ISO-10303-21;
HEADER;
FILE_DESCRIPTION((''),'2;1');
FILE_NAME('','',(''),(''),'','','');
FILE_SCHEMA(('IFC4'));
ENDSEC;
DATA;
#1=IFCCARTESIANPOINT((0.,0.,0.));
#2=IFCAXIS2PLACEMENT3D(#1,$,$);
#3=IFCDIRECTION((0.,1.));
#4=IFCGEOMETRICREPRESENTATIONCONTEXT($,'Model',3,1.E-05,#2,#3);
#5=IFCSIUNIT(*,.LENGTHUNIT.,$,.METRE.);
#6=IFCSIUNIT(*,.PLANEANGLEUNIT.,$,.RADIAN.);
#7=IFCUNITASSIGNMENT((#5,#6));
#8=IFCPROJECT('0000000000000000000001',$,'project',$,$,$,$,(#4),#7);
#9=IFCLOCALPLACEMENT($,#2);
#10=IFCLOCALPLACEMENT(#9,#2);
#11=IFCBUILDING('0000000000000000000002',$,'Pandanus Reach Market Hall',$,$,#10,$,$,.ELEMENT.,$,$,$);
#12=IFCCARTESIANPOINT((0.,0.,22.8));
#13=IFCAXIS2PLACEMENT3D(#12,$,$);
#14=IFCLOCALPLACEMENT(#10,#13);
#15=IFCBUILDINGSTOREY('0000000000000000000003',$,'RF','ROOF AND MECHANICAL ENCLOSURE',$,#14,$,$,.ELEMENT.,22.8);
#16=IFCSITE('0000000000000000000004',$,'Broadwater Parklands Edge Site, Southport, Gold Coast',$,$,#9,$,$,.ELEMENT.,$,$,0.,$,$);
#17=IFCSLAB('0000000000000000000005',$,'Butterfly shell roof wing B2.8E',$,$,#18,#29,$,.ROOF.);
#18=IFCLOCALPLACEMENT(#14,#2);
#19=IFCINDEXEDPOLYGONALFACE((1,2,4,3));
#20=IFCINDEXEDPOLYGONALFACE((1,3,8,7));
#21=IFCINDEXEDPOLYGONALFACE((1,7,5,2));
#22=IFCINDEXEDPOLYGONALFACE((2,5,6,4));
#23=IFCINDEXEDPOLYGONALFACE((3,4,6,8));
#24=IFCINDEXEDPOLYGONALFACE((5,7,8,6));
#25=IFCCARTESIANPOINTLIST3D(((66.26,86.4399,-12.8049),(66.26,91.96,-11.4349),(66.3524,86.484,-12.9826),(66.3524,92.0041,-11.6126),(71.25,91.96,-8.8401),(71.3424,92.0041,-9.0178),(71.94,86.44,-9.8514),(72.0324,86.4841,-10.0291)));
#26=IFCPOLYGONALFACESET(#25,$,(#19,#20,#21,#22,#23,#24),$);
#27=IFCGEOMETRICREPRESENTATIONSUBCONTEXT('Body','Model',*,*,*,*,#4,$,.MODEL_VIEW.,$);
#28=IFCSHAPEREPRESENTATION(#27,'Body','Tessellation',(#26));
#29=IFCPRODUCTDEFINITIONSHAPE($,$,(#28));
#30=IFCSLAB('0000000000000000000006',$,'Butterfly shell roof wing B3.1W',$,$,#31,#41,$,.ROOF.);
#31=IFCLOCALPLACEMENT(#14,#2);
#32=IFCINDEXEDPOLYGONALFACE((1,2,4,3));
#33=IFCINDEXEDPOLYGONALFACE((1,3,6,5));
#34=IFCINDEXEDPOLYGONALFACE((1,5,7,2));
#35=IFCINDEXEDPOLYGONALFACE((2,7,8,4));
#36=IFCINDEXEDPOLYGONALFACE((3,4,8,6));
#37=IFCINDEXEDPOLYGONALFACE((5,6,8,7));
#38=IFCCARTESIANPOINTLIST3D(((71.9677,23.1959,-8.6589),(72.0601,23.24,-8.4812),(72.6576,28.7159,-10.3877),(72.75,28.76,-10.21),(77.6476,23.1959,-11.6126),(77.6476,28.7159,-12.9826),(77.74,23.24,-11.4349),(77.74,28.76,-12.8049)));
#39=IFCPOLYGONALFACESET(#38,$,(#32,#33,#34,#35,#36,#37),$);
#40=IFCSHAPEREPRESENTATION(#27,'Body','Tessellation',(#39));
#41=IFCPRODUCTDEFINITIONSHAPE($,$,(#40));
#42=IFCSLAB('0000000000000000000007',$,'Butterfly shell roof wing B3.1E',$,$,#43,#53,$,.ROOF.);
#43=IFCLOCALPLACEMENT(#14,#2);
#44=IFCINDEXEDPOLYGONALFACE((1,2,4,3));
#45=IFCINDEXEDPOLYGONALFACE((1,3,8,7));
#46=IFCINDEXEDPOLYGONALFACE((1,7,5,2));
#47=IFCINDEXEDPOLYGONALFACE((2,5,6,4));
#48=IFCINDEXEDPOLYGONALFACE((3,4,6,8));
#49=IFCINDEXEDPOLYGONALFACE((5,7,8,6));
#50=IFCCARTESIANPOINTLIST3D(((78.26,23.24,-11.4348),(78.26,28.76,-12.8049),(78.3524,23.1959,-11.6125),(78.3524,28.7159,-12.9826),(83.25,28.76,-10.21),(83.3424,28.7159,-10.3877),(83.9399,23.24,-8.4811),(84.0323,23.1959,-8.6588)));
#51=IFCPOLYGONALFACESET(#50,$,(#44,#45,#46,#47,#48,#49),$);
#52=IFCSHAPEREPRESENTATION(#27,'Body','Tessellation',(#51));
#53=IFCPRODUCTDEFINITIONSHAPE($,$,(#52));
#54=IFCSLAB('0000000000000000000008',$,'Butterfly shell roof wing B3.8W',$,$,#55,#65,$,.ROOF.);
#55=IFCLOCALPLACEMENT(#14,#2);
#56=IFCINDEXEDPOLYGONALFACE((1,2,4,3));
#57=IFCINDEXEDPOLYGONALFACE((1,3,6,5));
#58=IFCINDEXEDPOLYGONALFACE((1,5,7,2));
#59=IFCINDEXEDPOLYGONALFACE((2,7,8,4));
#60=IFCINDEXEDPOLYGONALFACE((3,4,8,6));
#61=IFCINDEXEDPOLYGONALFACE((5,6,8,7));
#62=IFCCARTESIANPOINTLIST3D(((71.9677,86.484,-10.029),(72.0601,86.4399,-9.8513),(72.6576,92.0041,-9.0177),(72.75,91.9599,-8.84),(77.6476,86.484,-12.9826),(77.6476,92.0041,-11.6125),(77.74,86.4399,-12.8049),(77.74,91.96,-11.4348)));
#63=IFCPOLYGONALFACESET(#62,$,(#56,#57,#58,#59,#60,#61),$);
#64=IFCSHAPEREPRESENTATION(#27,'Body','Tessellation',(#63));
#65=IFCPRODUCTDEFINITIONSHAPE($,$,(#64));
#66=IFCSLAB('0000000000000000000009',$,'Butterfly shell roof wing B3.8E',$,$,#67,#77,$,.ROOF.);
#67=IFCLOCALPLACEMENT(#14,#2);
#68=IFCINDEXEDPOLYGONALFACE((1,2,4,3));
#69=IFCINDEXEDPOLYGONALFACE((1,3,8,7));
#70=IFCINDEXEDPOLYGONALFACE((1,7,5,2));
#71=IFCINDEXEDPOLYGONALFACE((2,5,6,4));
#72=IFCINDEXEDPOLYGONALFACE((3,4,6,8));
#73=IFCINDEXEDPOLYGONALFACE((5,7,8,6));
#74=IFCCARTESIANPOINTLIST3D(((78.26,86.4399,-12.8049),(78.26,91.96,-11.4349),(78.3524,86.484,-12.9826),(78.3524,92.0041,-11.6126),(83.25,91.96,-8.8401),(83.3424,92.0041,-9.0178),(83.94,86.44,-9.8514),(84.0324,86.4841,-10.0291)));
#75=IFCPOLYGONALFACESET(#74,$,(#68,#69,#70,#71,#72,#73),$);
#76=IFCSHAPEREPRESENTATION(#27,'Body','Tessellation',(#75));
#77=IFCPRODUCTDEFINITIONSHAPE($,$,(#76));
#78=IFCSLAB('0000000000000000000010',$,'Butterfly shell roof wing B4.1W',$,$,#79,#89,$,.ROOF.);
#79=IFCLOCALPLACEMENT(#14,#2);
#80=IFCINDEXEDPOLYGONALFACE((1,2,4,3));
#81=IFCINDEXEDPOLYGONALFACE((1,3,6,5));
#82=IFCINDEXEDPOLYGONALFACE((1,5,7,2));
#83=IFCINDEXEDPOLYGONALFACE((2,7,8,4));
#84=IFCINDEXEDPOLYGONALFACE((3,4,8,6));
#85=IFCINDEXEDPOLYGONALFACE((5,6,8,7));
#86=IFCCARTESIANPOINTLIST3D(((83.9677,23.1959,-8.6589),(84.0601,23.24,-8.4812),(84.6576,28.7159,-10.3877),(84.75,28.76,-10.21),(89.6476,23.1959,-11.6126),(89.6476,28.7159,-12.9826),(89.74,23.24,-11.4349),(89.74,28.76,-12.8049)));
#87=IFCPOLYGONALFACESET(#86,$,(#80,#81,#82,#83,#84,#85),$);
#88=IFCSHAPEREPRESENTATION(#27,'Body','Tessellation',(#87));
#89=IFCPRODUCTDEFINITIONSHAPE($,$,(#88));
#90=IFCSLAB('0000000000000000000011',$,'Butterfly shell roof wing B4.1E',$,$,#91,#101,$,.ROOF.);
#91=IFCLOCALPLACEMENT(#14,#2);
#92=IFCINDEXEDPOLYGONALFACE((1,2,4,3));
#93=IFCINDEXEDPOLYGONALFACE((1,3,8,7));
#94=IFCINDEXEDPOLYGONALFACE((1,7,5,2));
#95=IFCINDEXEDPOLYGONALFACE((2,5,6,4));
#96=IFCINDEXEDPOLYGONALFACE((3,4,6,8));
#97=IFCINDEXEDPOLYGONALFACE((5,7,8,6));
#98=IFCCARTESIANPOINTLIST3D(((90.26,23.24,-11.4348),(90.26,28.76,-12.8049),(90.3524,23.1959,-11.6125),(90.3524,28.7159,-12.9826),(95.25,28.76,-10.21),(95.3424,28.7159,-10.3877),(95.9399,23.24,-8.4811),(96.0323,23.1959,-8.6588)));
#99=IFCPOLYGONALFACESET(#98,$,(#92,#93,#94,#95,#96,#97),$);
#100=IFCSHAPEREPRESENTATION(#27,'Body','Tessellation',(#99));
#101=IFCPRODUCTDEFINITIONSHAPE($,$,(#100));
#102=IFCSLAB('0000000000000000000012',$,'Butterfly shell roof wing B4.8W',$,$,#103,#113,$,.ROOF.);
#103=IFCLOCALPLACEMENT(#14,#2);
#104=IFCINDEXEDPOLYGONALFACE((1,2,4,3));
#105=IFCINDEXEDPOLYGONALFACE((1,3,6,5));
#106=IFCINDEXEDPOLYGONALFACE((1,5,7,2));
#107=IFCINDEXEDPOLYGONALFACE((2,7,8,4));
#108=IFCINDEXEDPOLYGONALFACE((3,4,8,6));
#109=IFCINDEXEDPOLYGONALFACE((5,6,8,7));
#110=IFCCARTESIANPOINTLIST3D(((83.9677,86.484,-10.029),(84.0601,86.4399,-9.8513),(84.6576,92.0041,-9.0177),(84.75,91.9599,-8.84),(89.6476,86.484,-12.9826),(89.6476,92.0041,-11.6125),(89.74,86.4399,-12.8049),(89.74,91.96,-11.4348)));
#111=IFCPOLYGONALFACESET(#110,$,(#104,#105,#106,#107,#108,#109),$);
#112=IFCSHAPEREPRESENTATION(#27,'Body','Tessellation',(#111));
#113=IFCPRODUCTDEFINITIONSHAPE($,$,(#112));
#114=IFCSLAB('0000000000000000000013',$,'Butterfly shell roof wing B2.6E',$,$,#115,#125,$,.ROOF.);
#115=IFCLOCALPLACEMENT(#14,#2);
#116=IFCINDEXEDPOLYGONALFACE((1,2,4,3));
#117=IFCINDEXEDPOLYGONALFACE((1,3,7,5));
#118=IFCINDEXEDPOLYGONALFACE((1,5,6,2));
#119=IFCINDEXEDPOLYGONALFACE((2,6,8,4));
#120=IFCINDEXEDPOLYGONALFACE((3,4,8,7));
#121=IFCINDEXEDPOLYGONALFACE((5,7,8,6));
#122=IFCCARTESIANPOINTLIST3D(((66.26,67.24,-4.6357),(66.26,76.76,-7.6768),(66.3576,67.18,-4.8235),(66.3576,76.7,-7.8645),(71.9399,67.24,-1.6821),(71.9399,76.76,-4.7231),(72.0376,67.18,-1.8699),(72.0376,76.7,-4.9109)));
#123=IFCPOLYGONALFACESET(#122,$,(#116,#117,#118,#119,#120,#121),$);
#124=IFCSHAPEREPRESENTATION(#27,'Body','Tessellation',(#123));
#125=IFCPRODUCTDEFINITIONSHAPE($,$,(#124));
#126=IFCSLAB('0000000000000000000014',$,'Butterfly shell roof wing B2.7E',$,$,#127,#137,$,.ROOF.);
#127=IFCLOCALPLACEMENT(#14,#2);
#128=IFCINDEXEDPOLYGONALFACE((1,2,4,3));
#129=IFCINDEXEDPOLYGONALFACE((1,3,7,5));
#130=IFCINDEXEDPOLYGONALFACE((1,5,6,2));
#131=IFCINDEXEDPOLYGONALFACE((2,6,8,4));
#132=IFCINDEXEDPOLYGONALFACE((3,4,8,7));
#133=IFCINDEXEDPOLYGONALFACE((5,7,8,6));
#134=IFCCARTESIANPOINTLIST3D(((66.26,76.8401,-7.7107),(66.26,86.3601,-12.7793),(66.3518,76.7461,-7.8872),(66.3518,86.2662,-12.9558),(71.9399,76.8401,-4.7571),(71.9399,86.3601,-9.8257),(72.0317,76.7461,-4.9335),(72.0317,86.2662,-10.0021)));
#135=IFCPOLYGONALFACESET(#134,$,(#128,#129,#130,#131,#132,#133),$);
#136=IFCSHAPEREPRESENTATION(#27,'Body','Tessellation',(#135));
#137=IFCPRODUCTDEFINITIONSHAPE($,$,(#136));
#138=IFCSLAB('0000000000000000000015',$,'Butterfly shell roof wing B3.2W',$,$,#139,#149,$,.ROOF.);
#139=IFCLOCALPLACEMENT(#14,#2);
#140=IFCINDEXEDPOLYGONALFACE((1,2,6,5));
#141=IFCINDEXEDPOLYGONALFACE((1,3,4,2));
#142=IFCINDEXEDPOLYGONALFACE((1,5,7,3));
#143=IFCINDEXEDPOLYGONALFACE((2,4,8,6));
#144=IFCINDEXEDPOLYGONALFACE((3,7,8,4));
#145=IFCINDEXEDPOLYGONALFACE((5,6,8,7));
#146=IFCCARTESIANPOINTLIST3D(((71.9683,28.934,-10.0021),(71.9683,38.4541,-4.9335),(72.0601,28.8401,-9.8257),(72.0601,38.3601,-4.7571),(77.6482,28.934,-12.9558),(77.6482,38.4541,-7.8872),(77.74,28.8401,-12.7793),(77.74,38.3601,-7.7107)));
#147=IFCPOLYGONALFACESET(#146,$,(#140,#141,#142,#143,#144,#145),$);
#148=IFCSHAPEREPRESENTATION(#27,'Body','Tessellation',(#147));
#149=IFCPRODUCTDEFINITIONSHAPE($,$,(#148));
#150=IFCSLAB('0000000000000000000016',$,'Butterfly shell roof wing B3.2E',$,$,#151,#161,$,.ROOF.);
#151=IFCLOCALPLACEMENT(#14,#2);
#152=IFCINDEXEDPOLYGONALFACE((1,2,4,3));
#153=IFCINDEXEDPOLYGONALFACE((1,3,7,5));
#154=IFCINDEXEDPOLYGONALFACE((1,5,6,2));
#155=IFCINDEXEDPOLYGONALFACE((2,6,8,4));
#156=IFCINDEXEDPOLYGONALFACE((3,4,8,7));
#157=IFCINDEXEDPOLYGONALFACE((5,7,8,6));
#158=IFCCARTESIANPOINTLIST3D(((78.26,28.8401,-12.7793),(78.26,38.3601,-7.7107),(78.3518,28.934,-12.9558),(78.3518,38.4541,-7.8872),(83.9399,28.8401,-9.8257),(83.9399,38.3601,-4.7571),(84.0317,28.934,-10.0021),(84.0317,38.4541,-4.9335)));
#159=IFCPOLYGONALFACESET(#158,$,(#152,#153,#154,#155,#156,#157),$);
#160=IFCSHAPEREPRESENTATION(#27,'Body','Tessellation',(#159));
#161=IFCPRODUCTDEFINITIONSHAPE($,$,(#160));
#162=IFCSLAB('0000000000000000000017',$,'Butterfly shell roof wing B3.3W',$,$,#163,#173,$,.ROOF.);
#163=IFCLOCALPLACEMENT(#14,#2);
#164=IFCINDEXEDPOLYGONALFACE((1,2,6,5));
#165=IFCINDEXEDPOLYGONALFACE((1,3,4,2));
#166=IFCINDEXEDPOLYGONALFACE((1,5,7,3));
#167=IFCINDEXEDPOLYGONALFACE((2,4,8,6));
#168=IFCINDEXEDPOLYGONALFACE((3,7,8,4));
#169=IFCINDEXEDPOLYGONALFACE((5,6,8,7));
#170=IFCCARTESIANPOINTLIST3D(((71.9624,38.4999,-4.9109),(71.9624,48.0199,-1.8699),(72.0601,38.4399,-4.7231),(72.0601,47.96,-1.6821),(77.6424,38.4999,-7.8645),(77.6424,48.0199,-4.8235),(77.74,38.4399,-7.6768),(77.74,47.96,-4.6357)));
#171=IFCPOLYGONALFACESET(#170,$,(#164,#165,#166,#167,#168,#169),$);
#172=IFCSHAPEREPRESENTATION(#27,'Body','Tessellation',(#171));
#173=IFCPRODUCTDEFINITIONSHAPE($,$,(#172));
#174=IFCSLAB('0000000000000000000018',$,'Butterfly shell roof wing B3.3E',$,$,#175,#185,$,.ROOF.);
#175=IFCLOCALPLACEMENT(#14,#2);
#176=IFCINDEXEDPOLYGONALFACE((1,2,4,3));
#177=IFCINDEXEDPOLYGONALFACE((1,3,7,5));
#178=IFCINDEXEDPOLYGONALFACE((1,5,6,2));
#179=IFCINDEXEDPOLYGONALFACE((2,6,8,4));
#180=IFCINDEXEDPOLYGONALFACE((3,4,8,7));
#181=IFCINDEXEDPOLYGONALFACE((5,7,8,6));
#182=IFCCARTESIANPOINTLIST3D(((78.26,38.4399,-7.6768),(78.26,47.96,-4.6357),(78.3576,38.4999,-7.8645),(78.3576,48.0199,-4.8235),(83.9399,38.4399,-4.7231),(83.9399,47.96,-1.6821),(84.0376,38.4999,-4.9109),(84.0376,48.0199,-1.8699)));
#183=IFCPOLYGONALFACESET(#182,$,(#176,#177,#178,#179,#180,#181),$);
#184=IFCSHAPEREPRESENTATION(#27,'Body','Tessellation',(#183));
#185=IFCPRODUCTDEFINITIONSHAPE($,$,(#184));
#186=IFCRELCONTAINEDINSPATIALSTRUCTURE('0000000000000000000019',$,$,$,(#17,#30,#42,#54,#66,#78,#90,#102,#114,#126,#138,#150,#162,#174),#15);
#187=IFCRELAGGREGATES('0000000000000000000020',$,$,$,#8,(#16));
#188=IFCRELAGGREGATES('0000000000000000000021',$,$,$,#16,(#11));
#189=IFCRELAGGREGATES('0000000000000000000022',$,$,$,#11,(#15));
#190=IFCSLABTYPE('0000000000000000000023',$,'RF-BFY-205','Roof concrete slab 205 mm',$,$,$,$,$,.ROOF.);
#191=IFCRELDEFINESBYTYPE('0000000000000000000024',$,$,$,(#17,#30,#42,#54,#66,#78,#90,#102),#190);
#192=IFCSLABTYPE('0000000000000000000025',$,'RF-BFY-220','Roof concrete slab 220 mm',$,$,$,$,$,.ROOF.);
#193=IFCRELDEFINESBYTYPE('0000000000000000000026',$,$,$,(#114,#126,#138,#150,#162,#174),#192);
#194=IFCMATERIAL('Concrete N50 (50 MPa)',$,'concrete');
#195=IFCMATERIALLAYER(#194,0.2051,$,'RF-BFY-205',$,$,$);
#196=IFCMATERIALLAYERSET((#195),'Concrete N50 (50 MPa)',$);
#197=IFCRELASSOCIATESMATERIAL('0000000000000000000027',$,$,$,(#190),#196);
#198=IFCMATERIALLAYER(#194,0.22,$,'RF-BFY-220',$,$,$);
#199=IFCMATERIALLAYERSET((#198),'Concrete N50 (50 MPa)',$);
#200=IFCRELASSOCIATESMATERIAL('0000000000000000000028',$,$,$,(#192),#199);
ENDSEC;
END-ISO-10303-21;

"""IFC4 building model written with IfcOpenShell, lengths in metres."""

from ifc_helpers import new_model, si_unit, direction, frame, origin, place, context, subcontext, project, spatial, polyline, outline, extrude, material, layer, layer_set, type_object, element, save


model = new_model("IFC4")

# Units and contexts
model_context = context("Model", 3, precision=1e-05, world=origin(), true_north=direction((0.0, 1.0)))
body_context = subcontext(model_context, "Body", "Model", "MODEL_VIEW")
ifc_project = project(units=[si_unit("LENGTHUNIT", "METRE"), si_unit("PLANEANGLEUNIT", "RADIAN")], contexts=[model_context])

# Site, building, storey
site_placement = place(None, origin())
site = spatial("IfcSite", under=ifc_project, at=site_placement, Name="Broadwater Parklands Edge Site, Southport, Gold Coast", CompositionType="ELEMENT", RefElevation=0.0)
building_placement = place(site_placement, origin())
building = spatial("IfcBuilding", under=site, at=building_placement, Name="Pandanus Reach Market Hall", CompositionType="ELEMENT")
storey_placement = place(building_placement, frame((0.0, 0.0, 22.8)))
storey = spatial("IfcBuildingStorey", under=building, at=storey_placement, Name="RF", Description="ROOF AND MECHANICAL ENCLOSURE", CompositionType="ELEMENT", Elevation=22.8)

# Slabs
ifc_material = material(Name="Concrete N50 (50 MPa)", Category="concrete")
ifc_layer_1 = layer(ifc_material, 0.2051, Name="RF-BFY-205")
ifc_layer_set_1 = layer_set([ifc_layer_1], Name="Concrete N50 (50 MPa)")
slab_type_1 = type_object("IfcSlabType", Name="RF-BFY-205", Description="Roof concrete slab 205 mm", PredefinedType="ROOF", material=ifc_layer_set_1)
slab_1_placement = place(storey_placement, frame((66.26, 86.4399, -12.8049), z_axis=(-0.450557, -0.215053, 0.866459), x_axis=(0.887217, 0.000002, 0.461352)))
element("IfcSlab", 1, at=slab_1_placement, inside=storey, type_object=slab_type_1, Name="Butterfly shell roof wing B2.8E", PredefinedType="ROOF", context=body_context, shape_type="SweptSolid", body=[
    extrude(outline(polyline([(0.0, 0.0), (6.402, 0.0), (6.2564, 5.6523), (0.6321, 5.6523), (0.0, 0.0)])), origin(), (0.0, 0.0, -1.0), 0.2051),
])
slab_2_placement = place(storey_placement, frame((72.0601, 23.24, -8.4812), z_axis=(0.450573, 0.21505, 0.866451), x_axis=(0.887209, -0.000002, -0.461367)))
element("IfcSlab", 2, at=slab_2_placement, inside=storey, type_object=slab_type_1, Name="Butterfly shell roof wing B3.1W", PredefinedType="ROOF", context=body_context, shape_type="SweptSolid", body=[
    extrude(outline(polyline([(0.0, 0.0), (6.402, 0.0), (7.0341, 5.6523), (1.4097, 5.6523), (0.0, 0.0)])), origin(), (0.0, 0.0, -1.0), 0.2051),
])
slab_3_placement = place(storey_placement, frame((78.26, 23.24, -11.4348), z_axis=(-0.450573, 0.21505, 0.866451), x_axis=(0.887209, 0.000002, 0.461367)))
element("IfcSlab", 3, at=slab_3_placement, inside=storey, type_object=slab_type_1, Name="Butterfly shell roof wing B3.1E", PredefinedType="ROOF", context=body_context, shape_type="SweptSolid", body=[
    extrude(outline(polyline([(0.0, 0.0), (6.402, 0.0), (4.9923, 5.6523), (-0.6321, 5.6523), (0.0, 0.0)])), origin(), (0.0, 0.0, -1.0), 0.2051),
])
slab_4_placement = place(storey_placement, frame((72.0601, 86.4399, -9.8513), z_axis=(0.450557, -0.215053, 0.866459), x_axis=(0.887217, -0.000002, -0.461352)))
element("IfcSlab", 4, at=slab_4_placement, inside=storey, type_object=slab_type_1, Name="Butterfly shell roof wing B3.8W", PredefinedType="ROOF", context=body_context, shape_type="SweptSolid", body=[
    extrude(outline(polyline([(0.0, 0.0), (6.402, 0.0), (5.7699, 5.6523), (0.1456, 5.6523), (0.0, 0.0)])), origin(), (0.0, 0.0, -1.0), 0.2051),
])
slab_5_placement = place(storey_placement, frame((78.26, 86.4399, -12.8049), z_axis=(-0.450557, -0.215053, 0.866459), x_axis=(0.887217, 0.000002, 0.461352)))
element("IfcSlab", 5, at=slab_5_placement, inside=storey, type_object=slab_type_1, Name="Butterfly shell roof wing B3.8E", PredefinedType="ROOF", context=body_context, shape_type="SweptSolid", body=[
    extrude(outline(polyline([(0.0, 0.0), (6.402, 0.0), (6.2564, 5.6523), (0.6321, 5.6523), (0.0, 0.0)])), origin(), (0.0, 0.0, -1.0), 0.2051),
])
slab_6_placement = place(storey_placement, frame((84.0601, 23.24, -8.4812), z_axis=(0.450573, 0.21505, 0.866451), x_axis=(0.887209, -0.000002, -0.461367)))
element("IfcSlab", 6, at=slab_6_placement, inside=storey, type_object=slab_type_1, Name="Butterfly shell roof wing B4.1W", PredefinedType="ROOF", context=body_context, shape_type="SweptSolid", body=[
    extrude(outline(polyline([(0.0, 0.0), (6.402, 0.0), (7.0341, 5.6523), (1.4097, 5.6523), (0.0, 0.0)])), origin(), (0.0, 0.0, -1.0), 0.2051),
])
slab_7_placement = place(storey_placement, frame((90.26, 23.24, -11.4348), z_axis=(-0.450573, 0.21505, 0.866451), x_axis=(0.887209, 0.000002, 0.461367)))
element("IfcSlab", 7, at=slab_7_placement, inside=storey, type_object=slab_type_1, Name="Butterfly shell roof wing B4.1E", PredefinedType="ROOF", context=body_context, shape_type="SweptSolid", body=[
    extrude(outline(polyline([(0.0, 0.0), (6.402, 0.0), (4.9923, 5.6523), (-0.6321, 5.6523), (0.0, 0.0)])), origin(), (0.0, 0.0, -1.0), 0.2051),
])
slab_8_placement = place(storey_placement, frame((84.0601, 86.4399, -9.8513), z_axis=(0.450557, -0.215053, 0.866459), x_axis=(0.887217, -0.000002, -0.461352)))
element("IfcSlab", 8, at=slab_8_placement, inside=storey, type_object=slab_type_1, Name="Butterfly shell roof wing B4.8W", PredefinedType="ROOF", context=body_context, shape_type="SweptSolid", body=[
    extrude(outline(polyline([(0.0, 0.0), (6.402, 0.0), (5.7699, 5.6523), (0.1456, 5.6523), (0.0, 0.0)])), origin(), (0.0, 0.0, -1.0), 0.2051),
])
ifc_layer_2 = layer(ifc_material, 0.22, Name="RF-BFY-220")
ifc_layer_set_2 = layer_set([ifc_layer_2], Name="Concrete N50 (50 MPa)")
slab_type_2 = type_object("IfcSlabType", Name="RF-BFY-220", Description="Roof concrete slab 220 mm", PredefinedType="ROOF", material=ifc_layer_set_2)
slab_9_placement = place(storey_placement, frame((66.26, 67.24, -4.6357), z_axis=(-0.443877, 0.272667, 0.853596), x_axis=(0.887214, 0.0, 0.461359)))
element("IfcSlab", 9, at=slab_9_placement, inside=storey, type_object=slab_type_2, Name="Butterfly shell roof wing B2.6E", PredefinedType="ROOF", context=body_context, shape_type="SweptSolid", body=[
    extrude(outline(polyline([(0.0, 0.0), (6.402, 0.0), (4.999, 9.895), (-1.403, 9.895), (0.0, 0.0)])), origin(), (0.0, 0.0, -1.0), 0.22),
])
for number, where, z_axis, x_axis, name in (
    (10, (66.26, 76.8401, -7.7107), (-0.41716, 0.427113, 0.802217), (0.887214, 0.0, 0.461359), "Butterfly shell roof wing B2.7E"),
    (11, (72.0601, 28.8401, -9.8257), (0.41716, -0.427113, 0.802217), (0.887214, 0.0, -0.461359), "Butterfly shell roof wing B3.2W"),
):
    element("IfcSlab", number, at=place(storey_placement, frame(where, z_axis=z_axis, x_axis=x_axis)), inside=storey, type_object=slab_type_2, Name=name, PredefinedType="ROOF", context=body_context, shape_type="SweptSolid", body=[
        extrude(outline(polyline([(0.0, 0.0), (6.402, 0.0), (4.0635, 10.5287), (-2.3384, 10.5287), (0.0, 0.0)])), origin(), (0.0, 0.0, -1.0), 0.22),
    ])
slab_10_placement = place(storey_placement, frame((78.26, 28.8401, -12.7793), z_axis=(-0.41716, -0.427113, 0.802217), x_axis=(0.887214, 0.0, 0.461359)))
element("IfcSlab", 12, at=slab_10_placement, inside=storey, type_object=slab_type_2, Name="Butterfly shell roof wing B3.2E", PredefinedType="ROOF", context=body_context, shape_type="SweptSolid", body=[
    extrude(outline(polyline([(0.0, 0.0), (6.402, 0.0), (8.7404, 10.5287), (2.3384, 10.5287), (0.0, 0.0)])), origin(), (0.0, 0.0, -1.0), 0.22),
])
slab_11_placement = place(storey_placement, frame((72.0601, 38.4399, -4.7231), z_axis=(0.443877, -0.272667, 0.853596), x_axis=(0.887214, 0.0, -0.461359)))
element("IfcSlab", 13, at=slab_11_placement, inside=storey, type_object=slab_type_2, Name="Butterfly shell roof wing B3.3W", PredefinedType="ROOF", context=body_context, shape_type="SweptSolid", body=[
    extrude(outline(polyline([(0.0, 0.0), (6.402, 0.0), (4.999, 9.895), (-1.403, 9.895), (0.0, 0.0)])), origin(), (0.0, 0.0, -1.0), 0.22),
])
slab_12_placement = place(storey_placement, frame((78.26, 38.4399, -7.6768), z_axis=(-0.443877, -0.272667, 0.853596), x_axis=(0.887214, 0.0, 0.461359)))
element("IfcSlab", 14, at=slab_12_placement, inside=storey, type_object=slab_type_2, Name="Butterfly shell roof wing B3.3E", PredefinedType="ROOF", context=body_context, shape_type="SweptSolid", body=[
    extrude(outline(polyline([(0.0, 0.0), (6.402, 0.0), (7.805, 9.895), (1.403, 9.895), (0.0, 0.0)])), origin(), (0.0, 0.0, -1.0), 0.22),
])

save(model, "model.ifc")
